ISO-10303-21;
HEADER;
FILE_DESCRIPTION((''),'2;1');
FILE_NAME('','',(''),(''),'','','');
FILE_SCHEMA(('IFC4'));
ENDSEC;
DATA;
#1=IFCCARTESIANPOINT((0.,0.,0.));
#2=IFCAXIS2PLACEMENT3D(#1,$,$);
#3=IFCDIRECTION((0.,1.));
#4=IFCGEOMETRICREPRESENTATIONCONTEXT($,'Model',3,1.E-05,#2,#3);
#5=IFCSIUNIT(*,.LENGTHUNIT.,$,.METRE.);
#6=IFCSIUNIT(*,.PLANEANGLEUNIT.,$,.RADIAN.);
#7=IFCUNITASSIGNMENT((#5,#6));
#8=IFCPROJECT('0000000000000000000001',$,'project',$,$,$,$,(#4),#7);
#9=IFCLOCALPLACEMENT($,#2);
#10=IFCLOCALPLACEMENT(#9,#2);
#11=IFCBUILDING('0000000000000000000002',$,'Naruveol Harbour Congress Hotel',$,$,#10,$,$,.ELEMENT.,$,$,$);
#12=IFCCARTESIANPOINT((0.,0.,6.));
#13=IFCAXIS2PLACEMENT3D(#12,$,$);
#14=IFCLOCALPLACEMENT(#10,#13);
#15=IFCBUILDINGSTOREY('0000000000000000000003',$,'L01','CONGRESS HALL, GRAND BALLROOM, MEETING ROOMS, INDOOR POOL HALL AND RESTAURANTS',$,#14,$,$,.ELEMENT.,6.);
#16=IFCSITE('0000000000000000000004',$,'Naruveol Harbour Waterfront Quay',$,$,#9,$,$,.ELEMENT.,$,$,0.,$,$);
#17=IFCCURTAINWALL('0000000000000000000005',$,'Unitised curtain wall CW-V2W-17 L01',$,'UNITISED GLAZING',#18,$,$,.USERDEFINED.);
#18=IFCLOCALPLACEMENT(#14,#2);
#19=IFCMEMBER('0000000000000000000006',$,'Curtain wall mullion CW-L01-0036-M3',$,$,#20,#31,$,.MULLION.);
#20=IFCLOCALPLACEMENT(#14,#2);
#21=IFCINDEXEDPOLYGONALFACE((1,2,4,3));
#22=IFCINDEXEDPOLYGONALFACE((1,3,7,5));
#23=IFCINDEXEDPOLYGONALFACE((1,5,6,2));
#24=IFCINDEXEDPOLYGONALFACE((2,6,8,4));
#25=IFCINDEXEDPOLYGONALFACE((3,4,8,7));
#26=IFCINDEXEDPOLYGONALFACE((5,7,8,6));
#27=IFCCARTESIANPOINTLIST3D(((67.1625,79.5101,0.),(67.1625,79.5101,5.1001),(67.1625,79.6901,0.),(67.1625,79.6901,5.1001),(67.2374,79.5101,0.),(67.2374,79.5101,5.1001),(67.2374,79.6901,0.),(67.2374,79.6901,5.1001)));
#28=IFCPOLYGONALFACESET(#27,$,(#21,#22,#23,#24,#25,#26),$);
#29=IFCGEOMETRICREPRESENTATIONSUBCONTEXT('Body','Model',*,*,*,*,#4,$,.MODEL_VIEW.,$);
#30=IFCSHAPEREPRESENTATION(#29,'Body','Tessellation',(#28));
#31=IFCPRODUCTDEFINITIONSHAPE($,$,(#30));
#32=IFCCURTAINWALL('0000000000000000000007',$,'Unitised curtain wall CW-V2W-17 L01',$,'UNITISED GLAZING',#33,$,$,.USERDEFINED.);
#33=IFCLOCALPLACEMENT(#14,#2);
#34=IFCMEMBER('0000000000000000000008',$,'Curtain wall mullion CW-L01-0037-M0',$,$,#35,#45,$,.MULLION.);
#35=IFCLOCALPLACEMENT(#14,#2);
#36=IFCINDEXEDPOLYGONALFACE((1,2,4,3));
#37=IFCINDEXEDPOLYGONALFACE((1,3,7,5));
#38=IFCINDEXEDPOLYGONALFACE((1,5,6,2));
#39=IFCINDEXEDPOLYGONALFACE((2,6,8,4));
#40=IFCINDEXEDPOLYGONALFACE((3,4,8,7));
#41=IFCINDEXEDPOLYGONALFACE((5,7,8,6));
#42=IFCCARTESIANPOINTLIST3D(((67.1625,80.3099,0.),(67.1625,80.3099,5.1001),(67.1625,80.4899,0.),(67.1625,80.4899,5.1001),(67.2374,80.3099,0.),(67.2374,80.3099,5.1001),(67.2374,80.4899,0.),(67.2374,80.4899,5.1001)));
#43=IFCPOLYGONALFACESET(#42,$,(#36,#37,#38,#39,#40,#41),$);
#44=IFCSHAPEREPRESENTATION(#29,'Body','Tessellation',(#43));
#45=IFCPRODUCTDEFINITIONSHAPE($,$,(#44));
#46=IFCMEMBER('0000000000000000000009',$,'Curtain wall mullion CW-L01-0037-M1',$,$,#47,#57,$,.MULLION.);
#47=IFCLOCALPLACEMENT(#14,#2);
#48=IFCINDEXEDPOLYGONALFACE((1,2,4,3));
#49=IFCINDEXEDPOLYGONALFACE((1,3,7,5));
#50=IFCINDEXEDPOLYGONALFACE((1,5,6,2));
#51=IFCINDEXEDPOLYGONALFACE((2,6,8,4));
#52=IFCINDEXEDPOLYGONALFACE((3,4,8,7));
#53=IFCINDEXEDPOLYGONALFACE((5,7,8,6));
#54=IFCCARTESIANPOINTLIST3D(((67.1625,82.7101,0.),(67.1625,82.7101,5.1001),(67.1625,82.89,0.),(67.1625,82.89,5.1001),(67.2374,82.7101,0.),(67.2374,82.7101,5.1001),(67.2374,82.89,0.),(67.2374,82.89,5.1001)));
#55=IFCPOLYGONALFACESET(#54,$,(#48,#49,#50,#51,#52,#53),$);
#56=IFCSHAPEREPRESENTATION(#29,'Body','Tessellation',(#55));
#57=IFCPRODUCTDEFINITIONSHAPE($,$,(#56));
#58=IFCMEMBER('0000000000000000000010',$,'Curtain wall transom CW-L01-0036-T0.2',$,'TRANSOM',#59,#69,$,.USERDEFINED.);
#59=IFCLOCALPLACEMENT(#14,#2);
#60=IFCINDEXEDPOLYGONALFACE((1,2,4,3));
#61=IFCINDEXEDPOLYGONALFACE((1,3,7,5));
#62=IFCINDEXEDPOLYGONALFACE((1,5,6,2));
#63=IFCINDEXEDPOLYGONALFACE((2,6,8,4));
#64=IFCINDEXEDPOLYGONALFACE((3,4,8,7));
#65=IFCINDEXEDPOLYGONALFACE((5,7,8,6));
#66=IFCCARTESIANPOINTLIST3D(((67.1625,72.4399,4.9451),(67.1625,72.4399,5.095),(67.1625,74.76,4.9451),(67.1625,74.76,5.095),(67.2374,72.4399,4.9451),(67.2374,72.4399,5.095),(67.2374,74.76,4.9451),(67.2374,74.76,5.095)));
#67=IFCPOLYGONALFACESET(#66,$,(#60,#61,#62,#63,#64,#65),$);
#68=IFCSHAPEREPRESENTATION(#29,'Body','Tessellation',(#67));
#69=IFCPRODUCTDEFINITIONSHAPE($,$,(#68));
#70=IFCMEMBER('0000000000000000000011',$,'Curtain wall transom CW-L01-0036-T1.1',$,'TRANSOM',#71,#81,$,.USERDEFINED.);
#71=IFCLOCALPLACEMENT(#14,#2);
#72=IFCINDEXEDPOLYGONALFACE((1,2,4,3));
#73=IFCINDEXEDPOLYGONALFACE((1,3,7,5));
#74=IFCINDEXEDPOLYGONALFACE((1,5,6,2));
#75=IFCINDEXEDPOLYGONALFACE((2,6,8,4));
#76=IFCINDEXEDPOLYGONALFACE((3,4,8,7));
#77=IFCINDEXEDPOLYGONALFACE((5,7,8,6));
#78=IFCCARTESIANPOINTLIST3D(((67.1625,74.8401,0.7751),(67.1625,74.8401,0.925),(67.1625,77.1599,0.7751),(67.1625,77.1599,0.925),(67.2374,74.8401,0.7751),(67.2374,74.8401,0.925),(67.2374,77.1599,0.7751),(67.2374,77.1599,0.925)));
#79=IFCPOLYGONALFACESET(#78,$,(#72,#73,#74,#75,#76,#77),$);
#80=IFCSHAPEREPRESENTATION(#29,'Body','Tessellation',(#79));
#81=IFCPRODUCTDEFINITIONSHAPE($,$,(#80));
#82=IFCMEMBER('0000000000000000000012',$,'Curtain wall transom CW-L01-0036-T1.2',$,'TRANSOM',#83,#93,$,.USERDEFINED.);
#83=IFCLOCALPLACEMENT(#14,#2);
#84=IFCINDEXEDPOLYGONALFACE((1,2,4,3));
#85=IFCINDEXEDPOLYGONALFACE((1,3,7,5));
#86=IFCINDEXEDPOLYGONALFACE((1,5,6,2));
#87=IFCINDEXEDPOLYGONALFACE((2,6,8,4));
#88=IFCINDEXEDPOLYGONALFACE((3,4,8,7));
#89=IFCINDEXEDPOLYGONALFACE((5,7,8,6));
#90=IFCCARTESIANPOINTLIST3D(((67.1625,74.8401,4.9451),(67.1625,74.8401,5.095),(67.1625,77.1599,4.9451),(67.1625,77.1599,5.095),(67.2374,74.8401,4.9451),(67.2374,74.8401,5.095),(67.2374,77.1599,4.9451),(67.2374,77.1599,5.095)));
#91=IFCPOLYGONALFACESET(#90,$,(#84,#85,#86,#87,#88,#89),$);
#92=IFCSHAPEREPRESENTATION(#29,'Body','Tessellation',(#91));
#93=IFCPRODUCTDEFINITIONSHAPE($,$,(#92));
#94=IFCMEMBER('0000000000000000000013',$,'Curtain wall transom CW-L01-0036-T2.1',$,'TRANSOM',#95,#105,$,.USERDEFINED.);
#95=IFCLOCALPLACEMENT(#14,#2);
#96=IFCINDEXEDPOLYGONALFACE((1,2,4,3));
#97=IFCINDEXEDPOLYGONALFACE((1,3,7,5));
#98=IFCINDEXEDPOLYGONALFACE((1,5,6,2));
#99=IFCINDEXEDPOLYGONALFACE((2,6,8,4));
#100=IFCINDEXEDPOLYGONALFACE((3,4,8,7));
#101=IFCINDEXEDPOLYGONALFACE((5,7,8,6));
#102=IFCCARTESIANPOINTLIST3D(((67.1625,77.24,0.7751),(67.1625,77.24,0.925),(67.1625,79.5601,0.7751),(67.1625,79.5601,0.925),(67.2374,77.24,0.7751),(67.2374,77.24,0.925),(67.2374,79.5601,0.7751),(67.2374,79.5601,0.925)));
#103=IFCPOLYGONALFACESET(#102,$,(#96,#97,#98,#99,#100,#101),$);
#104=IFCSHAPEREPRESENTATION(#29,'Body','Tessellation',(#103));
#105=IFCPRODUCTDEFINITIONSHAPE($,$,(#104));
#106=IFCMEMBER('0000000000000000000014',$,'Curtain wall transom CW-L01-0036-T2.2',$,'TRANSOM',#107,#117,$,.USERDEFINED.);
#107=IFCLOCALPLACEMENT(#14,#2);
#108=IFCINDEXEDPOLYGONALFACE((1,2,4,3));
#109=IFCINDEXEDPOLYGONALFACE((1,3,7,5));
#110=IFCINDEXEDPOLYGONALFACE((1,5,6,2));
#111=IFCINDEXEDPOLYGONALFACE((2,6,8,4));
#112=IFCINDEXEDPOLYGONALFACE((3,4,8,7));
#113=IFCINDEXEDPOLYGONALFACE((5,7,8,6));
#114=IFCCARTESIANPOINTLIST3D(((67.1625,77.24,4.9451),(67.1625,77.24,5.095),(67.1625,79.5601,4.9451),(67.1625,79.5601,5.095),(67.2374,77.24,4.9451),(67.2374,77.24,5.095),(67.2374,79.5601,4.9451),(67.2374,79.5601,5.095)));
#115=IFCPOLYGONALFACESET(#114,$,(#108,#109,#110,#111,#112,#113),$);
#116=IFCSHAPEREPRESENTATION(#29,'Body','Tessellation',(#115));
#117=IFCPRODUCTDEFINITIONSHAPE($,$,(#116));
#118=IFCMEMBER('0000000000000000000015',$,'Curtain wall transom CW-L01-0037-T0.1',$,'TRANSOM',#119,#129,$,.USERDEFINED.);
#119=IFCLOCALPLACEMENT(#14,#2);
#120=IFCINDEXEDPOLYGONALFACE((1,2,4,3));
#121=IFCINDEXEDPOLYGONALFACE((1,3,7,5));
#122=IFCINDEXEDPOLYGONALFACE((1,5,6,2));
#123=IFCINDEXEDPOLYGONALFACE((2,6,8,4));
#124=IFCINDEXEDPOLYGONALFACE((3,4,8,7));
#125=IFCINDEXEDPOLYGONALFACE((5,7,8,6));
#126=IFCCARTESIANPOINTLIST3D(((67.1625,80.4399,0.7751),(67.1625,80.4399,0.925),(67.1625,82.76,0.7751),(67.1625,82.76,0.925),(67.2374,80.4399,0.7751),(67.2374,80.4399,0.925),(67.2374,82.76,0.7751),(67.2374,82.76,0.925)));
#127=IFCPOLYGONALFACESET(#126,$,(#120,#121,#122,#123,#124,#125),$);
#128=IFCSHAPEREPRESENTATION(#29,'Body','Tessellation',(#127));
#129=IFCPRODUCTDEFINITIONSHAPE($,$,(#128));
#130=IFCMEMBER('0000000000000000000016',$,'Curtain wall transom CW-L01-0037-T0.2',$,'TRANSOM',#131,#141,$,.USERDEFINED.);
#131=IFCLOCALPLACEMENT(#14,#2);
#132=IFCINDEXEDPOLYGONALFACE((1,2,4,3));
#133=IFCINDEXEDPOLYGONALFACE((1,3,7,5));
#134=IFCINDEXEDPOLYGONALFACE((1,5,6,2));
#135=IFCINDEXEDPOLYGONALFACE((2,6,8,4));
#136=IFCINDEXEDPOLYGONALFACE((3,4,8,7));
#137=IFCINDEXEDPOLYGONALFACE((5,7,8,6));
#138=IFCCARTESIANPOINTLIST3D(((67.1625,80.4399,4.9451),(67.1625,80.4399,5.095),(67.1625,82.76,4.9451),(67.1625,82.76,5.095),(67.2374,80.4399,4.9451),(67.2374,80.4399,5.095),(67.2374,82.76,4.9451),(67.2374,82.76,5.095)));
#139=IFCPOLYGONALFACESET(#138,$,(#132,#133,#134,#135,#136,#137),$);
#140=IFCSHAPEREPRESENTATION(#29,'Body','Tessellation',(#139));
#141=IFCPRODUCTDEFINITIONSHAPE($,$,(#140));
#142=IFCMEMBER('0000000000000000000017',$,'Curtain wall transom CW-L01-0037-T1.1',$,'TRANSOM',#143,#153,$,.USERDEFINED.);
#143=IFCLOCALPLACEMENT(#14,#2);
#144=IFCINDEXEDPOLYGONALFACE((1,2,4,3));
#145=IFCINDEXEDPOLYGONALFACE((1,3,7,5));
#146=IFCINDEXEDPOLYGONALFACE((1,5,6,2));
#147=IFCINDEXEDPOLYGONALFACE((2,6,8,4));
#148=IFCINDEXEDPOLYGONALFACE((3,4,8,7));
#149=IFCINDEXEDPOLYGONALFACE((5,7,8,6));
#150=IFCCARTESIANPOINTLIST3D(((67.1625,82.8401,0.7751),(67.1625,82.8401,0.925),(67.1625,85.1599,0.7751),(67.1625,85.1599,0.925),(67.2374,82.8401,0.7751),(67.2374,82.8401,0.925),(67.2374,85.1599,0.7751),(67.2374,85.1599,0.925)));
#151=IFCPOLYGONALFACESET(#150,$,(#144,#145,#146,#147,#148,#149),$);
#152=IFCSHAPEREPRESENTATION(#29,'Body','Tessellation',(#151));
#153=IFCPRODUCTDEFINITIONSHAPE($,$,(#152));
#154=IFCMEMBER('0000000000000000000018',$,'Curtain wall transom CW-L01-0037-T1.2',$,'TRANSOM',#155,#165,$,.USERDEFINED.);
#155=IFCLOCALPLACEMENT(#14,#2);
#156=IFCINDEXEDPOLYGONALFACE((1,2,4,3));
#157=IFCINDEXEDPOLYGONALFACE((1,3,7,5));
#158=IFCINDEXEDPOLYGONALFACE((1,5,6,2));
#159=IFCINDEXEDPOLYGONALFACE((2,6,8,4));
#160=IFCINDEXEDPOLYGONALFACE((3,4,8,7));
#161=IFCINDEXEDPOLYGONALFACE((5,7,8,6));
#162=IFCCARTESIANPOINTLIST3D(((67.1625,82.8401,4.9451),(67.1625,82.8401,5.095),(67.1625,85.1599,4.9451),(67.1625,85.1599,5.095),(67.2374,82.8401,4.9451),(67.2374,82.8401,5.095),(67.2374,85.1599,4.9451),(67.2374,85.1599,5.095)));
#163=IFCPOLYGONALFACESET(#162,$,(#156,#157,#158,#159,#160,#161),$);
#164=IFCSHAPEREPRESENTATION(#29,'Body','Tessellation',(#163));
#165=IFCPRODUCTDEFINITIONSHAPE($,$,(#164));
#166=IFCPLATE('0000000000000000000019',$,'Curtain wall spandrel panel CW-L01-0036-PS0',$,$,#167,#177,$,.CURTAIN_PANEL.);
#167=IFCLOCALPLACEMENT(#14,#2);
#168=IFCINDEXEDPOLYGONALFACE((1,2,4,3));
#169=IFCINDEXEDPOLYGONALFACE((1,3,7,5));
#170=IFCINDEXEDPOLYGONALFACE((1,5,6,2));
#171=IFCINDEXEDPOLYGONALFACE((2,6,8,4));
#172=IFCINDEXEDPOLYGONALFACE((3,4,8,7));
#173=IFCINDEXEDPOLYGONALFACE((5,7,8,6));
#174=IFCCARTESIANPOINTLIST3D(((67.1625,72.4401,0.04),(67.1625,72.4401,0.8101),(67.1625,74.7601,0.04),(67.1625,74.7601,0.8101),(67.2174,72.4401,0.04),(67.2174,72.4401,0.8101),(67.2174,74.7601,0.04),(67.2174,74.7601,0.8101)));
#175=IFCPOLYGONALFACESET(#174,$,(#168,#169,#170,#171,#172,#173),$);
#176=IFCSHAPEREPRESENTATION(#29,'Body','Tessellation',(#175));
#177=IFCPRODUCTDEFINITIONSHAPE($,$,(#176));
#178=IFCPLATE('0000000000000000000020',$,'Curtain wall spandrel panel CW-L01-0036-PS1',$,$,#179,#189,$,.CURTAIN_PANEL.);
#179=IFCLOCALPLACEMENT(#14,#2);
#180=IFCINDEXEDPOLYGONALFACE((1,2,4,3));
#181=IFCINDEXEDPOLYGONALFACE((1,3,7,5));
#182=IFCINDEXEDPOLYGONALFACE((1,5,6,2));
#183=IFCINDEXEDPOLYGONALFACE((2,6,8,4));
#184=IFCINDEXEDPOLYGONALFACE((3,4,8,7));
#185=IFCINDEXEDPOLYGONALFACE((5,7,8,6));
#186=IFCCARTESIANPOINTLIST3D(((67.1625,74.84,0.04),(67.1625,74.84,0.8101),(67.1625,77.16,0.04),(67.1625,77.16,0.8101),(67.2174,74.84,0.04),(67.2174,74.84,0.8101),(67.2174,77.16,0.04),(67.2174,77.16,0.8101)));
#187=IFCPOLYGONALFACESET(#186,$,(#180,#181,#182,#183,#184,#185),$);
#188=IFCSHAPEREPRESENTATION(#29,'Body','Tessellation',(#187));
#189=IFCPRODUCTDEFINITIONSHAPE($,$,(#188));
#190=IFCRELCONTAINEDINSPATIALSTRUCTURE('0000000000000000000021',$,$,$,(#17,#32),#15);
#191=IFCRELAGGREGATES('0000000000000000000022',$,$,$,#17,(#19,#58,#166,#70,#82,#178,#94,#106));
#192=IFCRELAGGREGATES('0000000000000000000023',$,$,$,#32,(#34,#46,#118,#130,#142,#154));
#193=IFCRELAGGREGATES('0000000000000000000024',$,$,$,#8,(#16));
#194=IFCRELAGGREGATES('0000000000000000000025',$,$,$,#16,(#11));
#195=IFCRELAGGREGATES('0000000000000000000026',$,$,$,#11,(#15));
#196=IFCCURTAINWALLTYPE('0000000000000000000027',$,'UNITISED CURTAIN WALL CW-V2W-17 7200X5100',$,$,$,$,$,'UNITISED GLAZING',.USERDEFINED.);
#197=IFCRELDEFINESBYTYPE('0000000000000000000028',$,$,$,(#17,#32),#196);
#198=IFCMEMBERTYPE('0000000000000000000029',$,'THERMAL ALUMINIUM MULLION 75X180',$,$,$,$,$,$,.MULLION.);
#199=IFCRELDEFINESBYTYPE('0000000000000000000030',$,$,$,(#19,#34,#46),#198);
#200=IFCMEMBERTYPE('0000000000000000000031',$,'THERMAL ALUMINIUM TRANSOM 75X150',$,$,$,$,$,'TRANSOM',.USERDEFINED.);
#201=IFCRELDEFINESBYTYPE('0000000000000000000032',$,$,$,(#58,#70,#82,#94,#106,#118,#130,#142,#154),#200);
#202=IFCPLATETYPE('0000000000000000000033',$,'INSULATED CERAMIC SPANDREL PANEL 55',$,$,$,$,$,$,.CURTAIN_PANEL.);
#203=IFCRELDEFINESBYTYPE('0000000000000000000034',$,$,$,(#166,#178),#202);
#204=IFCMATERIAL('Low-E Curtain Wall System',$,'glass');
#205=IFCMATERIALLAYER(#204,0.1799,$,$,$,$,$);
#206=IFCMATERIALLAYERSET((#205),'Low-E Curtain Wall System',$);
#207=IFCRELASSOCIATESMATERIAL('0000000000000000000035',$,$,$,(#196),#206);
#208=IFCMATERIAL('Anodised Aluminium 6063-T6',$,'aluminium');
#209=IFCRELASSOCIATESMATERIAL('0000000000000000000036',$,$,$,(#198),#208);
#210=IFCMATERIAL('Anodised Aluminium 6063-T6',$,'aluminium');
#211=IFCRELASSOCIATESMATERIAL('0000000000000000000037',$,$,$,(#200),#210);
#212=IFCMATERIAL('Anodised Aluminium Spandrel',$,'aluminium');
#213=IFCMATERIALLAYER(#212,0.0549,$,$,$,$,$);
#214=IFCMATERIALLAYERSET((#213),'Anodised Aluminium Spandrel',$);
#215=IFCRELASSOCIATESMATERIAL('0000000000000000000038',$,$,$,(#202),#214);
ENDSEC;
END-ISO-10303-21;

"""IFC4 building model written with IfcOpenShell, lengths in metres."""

from ifc_helpers import new_model, si_unit, direction, frame, origin, origin_2d, place, context, subcontext, project, spatial, rectangle, extrude, material, layer, layer_set, material_profile, profile_set, type_object, element, aggregate, save


model = new_model("IFC4")

# Units and contexts
model_context = context("Model", 3, precision=1e-05, world=origin(), true_north=direction((0.0, 1.0)))
body_context = subcontext(model_context, "Body", "Model", "MODEL_VIEW")
ifc_project = project(units=[si_unit("LENGTHUNIT", "METRE"), si_unit("PLANEANGLEUNIT", "RADIAN")], contexts=[model_context])

# Site, building, storey
site_placement = place(None, origin())
site = spatial("IfcSite", under=ifc_project, at=site_placement, Name="Naruveol Harbour Waterfront Quay", CompositionType="ELEMENT", RefElevation=0.0)
building_placement = place(site_placement, origin())
building = spatial("IfcBuilding", under=site, at=building_placement, Name="Naruveol Harbour Congress Hotel", CompositionType="ELEMENT")
storey_placement = place(building_placement, frame((0.0, 0.0, 6.0)))
storey = spatial("IfcBuildingStorey", under=building, at=storey_placement, Name="L01", Description="CONGRESS HALL, GRAND BALLROOM, MEETING ROOMS, INDOOR POOL HALL AND RESTAURANTS", CompositionType="ELEMENT", Elevation=6.0)

# Curtain walls, members
ifc_material_1 = material(Name="Low-E Curtain Wall System", Category="glass")
ifc_layer_1 = layer(ifc_material_1, 0.1799)
ifc_layer_set_1 = layer_set([ifc_layer_1], Name="Low-E Curtain Wall System")
curtain_wall_type = type_object("IfcCurtainWallType", Name="UNITISED CURTAIN WALL CW-V2W-17 7200X5100", ElementType="UNITISED GLAZING", PredefinedType="USERDEFINED", material=ifc_layer_set_1)
curtain_wall_1_placement = place(storey_placement, origin())
curtain_wall_1 = element("IfcCurtainWall", 1, at=curtain_wall_1_placement, inside=storey, type_object=curtain_wall_type, Name="Unitised curtain wall CW-V2W-17 L01", ObjectType="UNITISED GLAZING", PredefinedType="USERDEFINED")
ifc_material_2 = material(Name="Anodised Aluminium 6063-T6", Category="aluminium")
ifc_material_profile_1 = material_profile(ifc_material_2, rectangle(XDim=0.075, YDim=0.1799, at=origin_2d()), Name="ALU-75x180")
ifc_profile_set_1 = profile_set([ifc_material_profile_1], Name="Anodised Aluminium 6063-T6")
member_type_1 = type_object("IfcMemberType", Name="THERMAL ALUMINIUM MULLION 75X180", PredefinedType="MULLION", material=ifc_profile_set_1)
member_1_placement = place(storey_placement, frame((67.2, 79.6001, 0.0), z_axis=(0.0, 0.0, 1.0), x_axis=(1.0, 0.0, 0.0)))
member_1 = element("IfcMember", 2, at=member_1_placement, type_object=member_type_1, Name="Curtain wall mullion CW-L01-0036-M3", PredefinedType="MULLION", context=body_context, shape_type="SweptSolid", body=[
    extrude(rectangle(XDim=0.075, YDim=0.1799, at=origin_2d()), origin(), (0.0, 0.0, 1.0), 5.1001),
])
curtain_wall_2_placement = place(storey_placement, origin())
curtain_wall_2 = element("IfcCurtainWall", 3, at=curtain_wall_2_placement, inside=storey, type_object=curtain_wall_type, Name="Unitised curtain wall CW-V2W-17 L01", ObjectType="UNITISED GLAZING", PredefinedType="USERDEFINED")
member_2_placement = place(storey_placement, frame((67.2, 80.3999, 0.0), z_axis=(0.0, 0.0, 1.0), x_axis=(1.0, 0.0, 0.0)))
member_2 = element("IfcMember", 4, at=member_2_placement, type_object=member_type_1, Name="Curtain wall mullion CW-L01-0037-M0", PredefinedType="MULLION", context=body_context, shape_type="SweptSolid", body=[
    extrude(rectangle(XDim=0.075, YDim=0.1799, at=origin_2d()), origin(), (0.0, 0.0, 1.0), 5.1001),
])
member_3_placement = place(storey_placement, frame((67.2, 82.8, 0.0), z_axis=(0.0, 0.0, 1.0), x_axis=(1.0, 0.0, 0.0)))
member_3 = element("IfcMember", 5, at=member_3_placement, type_object=member_type_1, Name="Curtain wall mullion CW-L01-0037-M1", PredefinedType="MULLION", context=body_context, shape_type="SweptSolid", body=[
    extrude(rectangle(XDim=0.075, YDim=0.1799, at=origin_2d()), origin(), (0.0, 0.0, 1.0), 5.1001),
])

# Members
ifc_material_3 = material(Name="Anodised Aluminium 6063-T6", Category="aluminium")
ifc_material_profile_2 = material_profile(ifc_material_3, rectangle(XDim=0.075, YDim=0.1499, at=origin_2d()), Name="ALU-75x150")
ifc_profile_set_2 = profile_set([ifc_material_profile_2], Name="Anodised Aluminium 6063-T6")
member_type_2 = type_object("IfcMemberType", Name="THERMAL ALUMINIUM TRANSOM 75X150", ElementType="TRANSOM", PredefinedType="USERDEFINED", material=ifc_profile_set_2)
member_4_placement = place(storey_placement, frame((67.2, 72.4399, 5.02), z_axis=(0.0, 1.0, 0.0), x_axis=(-1.0, 0.0, 0.0)))
member_4 = element("IfcMember", 6, at=member_4_placement, type_object=member_type_2, Name="Curtain wall transom CW-L01-0036-T0.2", ObjectType="TRANSOM", PredefinedType="USERDEFINED", context=body_context, shape_type="SweptSolid", body=[
    extrude(rectangle(XDim=0.075, YDim=0.1499, at=origin_2d()), origin(), (0.0, 0.0, 1.0), 2.3201),
])
member_5_placement = place(storey_placement, frame((67.2, 74.8401, 0.8501), z_axis=(0.0, 1.0, 0.0), x_axis=(-1.0, 0.0, 0.0)))
member_5 = element("IfcMember", 7, at=member_5_placement, type_object=member_type_2, Name="Curtain wall transom CW-L01-0036-T1.1", ObjectType="TRANSOM", PredefinedType="USERDEFINED", context=body_context, shape_type="SweptSolid", body=[
    extrude(rectangle(XDim=0.075, YDim=0.1499, at=origin_2d()), origin(), (0.0, 0.0, 1.0), 2.3198),
])
member_6_placement = place(storey_placement, frame((67.2, 74.8401, 5.02), z_axis=(0.0, 1.0, 0.0), x_axis=(-1.0, 0.0, 0.0)))
member_6 = element("IfcMember", 8, at=member_6_placement, type_object=member_type_2, Name="Curtain wall transom CW-L01-0036-T1.2", ObjectType="TRANSOM", PredefinedType="USERDEFINED", context=body_context, shape_type="SweptSolid", body=[
    extrude(rectangle(XDim=0.075, YDim=0.1499, at=origin_2d()), origin(), (0.0, 0.0, 1.0), 2.3198),
])
member_7_placement = place(storey_placement, frame((67.2, 77.24, 0.8501), z_axis=(0.0, 1.0, 0.0), x_axis=(-1.0, 0.0, 0.0)))
member_7 = element("IfcMember", 9, at=member_7_placement, type_object=member_type_2, Name="Curtain wall transom CW-L01-0036-T2.1", ObjectType="TRANSOM", PredefinedType="USERDEFINED", context=body_context, shape_type="SweptSolid", body=[
    extrude(rectangle(XDim=0.075, YDim=0.1499, at=origin_2d()), origin(), (0.0, 0.0, 1.0), 2.3201),
])
member_8_placement = place(storey_placement, frame((67.2, 77.24, 5.02), z_axis=(0.0, 1.0, 0.0), x_axis=(-1.0, 0.0, 0.0)))
member_8 = element("IfcMember", 10, at=member_8_placement, type_object=member_type_2, Name="Curtain wall transom CW-L01-0036-T2.2", ObjectType="TRANSOM", PredefinedType="USERDEFINED", context=body_context, shape_type="SweptSolid", body=[
    extrude(rectangle(XDim=0.075, YDim=0.1499, at=origin_2d()), origin(), (0.0, 0.0, 1.0), 2.3201),
])
member_9_placement = place(storey_placement, frame((67.2, 80.4399, 0.8501), z_axis=(0.0, 1.0, 0.0), x_axis=(-1.0, 0.0, 0.0)))
member_9 = element("IfcMember", 11, at=member_9_placement, type_object=member_type_2, Name="Curtain wall transom CW-L01-0037-T0.1", ObjectType="TRANSOM", PredefinedType="USERDEFINED", context=body_context, shape_type="SweptSolid", body=[
    extrude(rectangle(XDim=0.075, YDim=0.1499, at=origin_2d()), origin(), (0.0, 0.0, 1.0), 2.3201),
])
member_10_placement = place(storey_placement, frame((67.2, 80.4399, 5.02), z_axis=(0.0, 1.0, 0.0), x_axis=(-1.0, 0.0, 0.0)))
member_10 = element("IfcMember", 12, at=member_10_placement, type_object=member_type_2, Name="Curtain wall transom CW-L01-0037-T0.2", ObjectType="TRANSOM", PredefinedType="USERDEFINED", context=body_context, shape_type="SweptSolid", body=[
    extrude(rectangle(XDim=0.075, YDim=0.1499, at=origin_2d()), origin(), (0.0, 0.0, 1.0), 2.3201),
])
member_11_placement = place(storey_placement, frame((67.2, 82.8401, 0.8501), z_axis=(0.0, 1.0, 0.0), x_axis=(-1.0, 0.0, 0.0)))
member_11 = element("IfcMember", 13, at=member_11_placement, type_object=member_type_2, Name="Curtain wall transom CW-L01-0037-T1.1", ObjectType="TRANSOM", PredefinedType="USERDEFINED", context=body_context, shape_type="SweptSolid", body=[
    extrude(rectangle(XDim=0.075, YDim=0.1499, at=origin_2d()), origin(), (0.0, 0.0, 1.0), 2.3198),
])
member_12_placement = place(storey_placement, frame((67.2, 82.8401, 5.02), z_axis=(0.0, 1.0, 0.0), x_axis=(-1.0, 0.0, 0.0)))
member_12 = element("IfcMember", 14, at=member_12_placement, type_object=member_type_2, Name="Curtain wall transom CW-L01-0037-T1.2", ObjectType="TRANSOM", PredefinedType="USERDEFINED", context=body_context, shape_type="SweptSolid", body=[
    extrude(rectangle(XDim=0.075, YDim=0.1499, at=origin_2d()), origin(), (0.0, 0.0, 1.0), 2.3198),
])

# Plates
ifc_material_4 = material(Name="Anodised Aluminium Spandrel", Category="aluminium")
ifc_layer_2 = layer(ifc_material_4, 0.0549)
ifc_layer_set_2 = layer_set([ifc_layer_2], Name="Anodised Aluminium Spandrel")
plate_type_1 = type_object("IfcPlateType", Name="INSULATED CERAMIC SPANDREL PANEL 55", PredefinedType="CURTAIN_PANEL", material=ifc_layer_set_2)
plate_1_placement = place(storey_placement, frame((67.1899, 73.6001, 0.04), z_axis=(0.0, 0.0, 1.0), x_axis=(0.0, 1.0, 0.0)))
plate_1 = element("IfcPlate", 15, at=plate_1_placement, type_object=plate_type_1, Name="Curtain wall spandrel panel CW-L01-0036-PS0", PredefinedType="CURTAIN_PANEL", context=body_context, shape_type="SweptSolid", body=[
    extrude(rectangle(XDim=2.3201, YDim=0.0549, at=origin_2d()), origin(), (0.0, 0.0, 1.0), 0.77),
])
plate_2_placement = place(storey_placement, frame((67.1899, 76.0, 0.04), z_axis=(0.0, 0.0, 1.0), x_axis=(0.0, 1.0, 0.0)))
plate_2 = element("IfcPlate", 16, at=plate_2_placement, type_object=plate_type_1, Name="Curtain wall spandrel panel CW-L01-0036-PS1", PredefinedType="CURTAIN_PANEL", context=body_context, shape_type="SweptSolid", body=[
    extrude(rectangle(XDim=2.3201, YDim=0.0549, at=origin_2d()), origin(), (0.0, 0.0, 1.0), 0.77),
])
aggregate(curtain_wall_1, [member_1, member_4, plate_1, member_5, member_6, plate_2, member_7, member_8])
aggregate(curtain_wall_2, [member_2, member_3, member_9, member_10, member_11, member_12])

save(model, "model.ifc")
